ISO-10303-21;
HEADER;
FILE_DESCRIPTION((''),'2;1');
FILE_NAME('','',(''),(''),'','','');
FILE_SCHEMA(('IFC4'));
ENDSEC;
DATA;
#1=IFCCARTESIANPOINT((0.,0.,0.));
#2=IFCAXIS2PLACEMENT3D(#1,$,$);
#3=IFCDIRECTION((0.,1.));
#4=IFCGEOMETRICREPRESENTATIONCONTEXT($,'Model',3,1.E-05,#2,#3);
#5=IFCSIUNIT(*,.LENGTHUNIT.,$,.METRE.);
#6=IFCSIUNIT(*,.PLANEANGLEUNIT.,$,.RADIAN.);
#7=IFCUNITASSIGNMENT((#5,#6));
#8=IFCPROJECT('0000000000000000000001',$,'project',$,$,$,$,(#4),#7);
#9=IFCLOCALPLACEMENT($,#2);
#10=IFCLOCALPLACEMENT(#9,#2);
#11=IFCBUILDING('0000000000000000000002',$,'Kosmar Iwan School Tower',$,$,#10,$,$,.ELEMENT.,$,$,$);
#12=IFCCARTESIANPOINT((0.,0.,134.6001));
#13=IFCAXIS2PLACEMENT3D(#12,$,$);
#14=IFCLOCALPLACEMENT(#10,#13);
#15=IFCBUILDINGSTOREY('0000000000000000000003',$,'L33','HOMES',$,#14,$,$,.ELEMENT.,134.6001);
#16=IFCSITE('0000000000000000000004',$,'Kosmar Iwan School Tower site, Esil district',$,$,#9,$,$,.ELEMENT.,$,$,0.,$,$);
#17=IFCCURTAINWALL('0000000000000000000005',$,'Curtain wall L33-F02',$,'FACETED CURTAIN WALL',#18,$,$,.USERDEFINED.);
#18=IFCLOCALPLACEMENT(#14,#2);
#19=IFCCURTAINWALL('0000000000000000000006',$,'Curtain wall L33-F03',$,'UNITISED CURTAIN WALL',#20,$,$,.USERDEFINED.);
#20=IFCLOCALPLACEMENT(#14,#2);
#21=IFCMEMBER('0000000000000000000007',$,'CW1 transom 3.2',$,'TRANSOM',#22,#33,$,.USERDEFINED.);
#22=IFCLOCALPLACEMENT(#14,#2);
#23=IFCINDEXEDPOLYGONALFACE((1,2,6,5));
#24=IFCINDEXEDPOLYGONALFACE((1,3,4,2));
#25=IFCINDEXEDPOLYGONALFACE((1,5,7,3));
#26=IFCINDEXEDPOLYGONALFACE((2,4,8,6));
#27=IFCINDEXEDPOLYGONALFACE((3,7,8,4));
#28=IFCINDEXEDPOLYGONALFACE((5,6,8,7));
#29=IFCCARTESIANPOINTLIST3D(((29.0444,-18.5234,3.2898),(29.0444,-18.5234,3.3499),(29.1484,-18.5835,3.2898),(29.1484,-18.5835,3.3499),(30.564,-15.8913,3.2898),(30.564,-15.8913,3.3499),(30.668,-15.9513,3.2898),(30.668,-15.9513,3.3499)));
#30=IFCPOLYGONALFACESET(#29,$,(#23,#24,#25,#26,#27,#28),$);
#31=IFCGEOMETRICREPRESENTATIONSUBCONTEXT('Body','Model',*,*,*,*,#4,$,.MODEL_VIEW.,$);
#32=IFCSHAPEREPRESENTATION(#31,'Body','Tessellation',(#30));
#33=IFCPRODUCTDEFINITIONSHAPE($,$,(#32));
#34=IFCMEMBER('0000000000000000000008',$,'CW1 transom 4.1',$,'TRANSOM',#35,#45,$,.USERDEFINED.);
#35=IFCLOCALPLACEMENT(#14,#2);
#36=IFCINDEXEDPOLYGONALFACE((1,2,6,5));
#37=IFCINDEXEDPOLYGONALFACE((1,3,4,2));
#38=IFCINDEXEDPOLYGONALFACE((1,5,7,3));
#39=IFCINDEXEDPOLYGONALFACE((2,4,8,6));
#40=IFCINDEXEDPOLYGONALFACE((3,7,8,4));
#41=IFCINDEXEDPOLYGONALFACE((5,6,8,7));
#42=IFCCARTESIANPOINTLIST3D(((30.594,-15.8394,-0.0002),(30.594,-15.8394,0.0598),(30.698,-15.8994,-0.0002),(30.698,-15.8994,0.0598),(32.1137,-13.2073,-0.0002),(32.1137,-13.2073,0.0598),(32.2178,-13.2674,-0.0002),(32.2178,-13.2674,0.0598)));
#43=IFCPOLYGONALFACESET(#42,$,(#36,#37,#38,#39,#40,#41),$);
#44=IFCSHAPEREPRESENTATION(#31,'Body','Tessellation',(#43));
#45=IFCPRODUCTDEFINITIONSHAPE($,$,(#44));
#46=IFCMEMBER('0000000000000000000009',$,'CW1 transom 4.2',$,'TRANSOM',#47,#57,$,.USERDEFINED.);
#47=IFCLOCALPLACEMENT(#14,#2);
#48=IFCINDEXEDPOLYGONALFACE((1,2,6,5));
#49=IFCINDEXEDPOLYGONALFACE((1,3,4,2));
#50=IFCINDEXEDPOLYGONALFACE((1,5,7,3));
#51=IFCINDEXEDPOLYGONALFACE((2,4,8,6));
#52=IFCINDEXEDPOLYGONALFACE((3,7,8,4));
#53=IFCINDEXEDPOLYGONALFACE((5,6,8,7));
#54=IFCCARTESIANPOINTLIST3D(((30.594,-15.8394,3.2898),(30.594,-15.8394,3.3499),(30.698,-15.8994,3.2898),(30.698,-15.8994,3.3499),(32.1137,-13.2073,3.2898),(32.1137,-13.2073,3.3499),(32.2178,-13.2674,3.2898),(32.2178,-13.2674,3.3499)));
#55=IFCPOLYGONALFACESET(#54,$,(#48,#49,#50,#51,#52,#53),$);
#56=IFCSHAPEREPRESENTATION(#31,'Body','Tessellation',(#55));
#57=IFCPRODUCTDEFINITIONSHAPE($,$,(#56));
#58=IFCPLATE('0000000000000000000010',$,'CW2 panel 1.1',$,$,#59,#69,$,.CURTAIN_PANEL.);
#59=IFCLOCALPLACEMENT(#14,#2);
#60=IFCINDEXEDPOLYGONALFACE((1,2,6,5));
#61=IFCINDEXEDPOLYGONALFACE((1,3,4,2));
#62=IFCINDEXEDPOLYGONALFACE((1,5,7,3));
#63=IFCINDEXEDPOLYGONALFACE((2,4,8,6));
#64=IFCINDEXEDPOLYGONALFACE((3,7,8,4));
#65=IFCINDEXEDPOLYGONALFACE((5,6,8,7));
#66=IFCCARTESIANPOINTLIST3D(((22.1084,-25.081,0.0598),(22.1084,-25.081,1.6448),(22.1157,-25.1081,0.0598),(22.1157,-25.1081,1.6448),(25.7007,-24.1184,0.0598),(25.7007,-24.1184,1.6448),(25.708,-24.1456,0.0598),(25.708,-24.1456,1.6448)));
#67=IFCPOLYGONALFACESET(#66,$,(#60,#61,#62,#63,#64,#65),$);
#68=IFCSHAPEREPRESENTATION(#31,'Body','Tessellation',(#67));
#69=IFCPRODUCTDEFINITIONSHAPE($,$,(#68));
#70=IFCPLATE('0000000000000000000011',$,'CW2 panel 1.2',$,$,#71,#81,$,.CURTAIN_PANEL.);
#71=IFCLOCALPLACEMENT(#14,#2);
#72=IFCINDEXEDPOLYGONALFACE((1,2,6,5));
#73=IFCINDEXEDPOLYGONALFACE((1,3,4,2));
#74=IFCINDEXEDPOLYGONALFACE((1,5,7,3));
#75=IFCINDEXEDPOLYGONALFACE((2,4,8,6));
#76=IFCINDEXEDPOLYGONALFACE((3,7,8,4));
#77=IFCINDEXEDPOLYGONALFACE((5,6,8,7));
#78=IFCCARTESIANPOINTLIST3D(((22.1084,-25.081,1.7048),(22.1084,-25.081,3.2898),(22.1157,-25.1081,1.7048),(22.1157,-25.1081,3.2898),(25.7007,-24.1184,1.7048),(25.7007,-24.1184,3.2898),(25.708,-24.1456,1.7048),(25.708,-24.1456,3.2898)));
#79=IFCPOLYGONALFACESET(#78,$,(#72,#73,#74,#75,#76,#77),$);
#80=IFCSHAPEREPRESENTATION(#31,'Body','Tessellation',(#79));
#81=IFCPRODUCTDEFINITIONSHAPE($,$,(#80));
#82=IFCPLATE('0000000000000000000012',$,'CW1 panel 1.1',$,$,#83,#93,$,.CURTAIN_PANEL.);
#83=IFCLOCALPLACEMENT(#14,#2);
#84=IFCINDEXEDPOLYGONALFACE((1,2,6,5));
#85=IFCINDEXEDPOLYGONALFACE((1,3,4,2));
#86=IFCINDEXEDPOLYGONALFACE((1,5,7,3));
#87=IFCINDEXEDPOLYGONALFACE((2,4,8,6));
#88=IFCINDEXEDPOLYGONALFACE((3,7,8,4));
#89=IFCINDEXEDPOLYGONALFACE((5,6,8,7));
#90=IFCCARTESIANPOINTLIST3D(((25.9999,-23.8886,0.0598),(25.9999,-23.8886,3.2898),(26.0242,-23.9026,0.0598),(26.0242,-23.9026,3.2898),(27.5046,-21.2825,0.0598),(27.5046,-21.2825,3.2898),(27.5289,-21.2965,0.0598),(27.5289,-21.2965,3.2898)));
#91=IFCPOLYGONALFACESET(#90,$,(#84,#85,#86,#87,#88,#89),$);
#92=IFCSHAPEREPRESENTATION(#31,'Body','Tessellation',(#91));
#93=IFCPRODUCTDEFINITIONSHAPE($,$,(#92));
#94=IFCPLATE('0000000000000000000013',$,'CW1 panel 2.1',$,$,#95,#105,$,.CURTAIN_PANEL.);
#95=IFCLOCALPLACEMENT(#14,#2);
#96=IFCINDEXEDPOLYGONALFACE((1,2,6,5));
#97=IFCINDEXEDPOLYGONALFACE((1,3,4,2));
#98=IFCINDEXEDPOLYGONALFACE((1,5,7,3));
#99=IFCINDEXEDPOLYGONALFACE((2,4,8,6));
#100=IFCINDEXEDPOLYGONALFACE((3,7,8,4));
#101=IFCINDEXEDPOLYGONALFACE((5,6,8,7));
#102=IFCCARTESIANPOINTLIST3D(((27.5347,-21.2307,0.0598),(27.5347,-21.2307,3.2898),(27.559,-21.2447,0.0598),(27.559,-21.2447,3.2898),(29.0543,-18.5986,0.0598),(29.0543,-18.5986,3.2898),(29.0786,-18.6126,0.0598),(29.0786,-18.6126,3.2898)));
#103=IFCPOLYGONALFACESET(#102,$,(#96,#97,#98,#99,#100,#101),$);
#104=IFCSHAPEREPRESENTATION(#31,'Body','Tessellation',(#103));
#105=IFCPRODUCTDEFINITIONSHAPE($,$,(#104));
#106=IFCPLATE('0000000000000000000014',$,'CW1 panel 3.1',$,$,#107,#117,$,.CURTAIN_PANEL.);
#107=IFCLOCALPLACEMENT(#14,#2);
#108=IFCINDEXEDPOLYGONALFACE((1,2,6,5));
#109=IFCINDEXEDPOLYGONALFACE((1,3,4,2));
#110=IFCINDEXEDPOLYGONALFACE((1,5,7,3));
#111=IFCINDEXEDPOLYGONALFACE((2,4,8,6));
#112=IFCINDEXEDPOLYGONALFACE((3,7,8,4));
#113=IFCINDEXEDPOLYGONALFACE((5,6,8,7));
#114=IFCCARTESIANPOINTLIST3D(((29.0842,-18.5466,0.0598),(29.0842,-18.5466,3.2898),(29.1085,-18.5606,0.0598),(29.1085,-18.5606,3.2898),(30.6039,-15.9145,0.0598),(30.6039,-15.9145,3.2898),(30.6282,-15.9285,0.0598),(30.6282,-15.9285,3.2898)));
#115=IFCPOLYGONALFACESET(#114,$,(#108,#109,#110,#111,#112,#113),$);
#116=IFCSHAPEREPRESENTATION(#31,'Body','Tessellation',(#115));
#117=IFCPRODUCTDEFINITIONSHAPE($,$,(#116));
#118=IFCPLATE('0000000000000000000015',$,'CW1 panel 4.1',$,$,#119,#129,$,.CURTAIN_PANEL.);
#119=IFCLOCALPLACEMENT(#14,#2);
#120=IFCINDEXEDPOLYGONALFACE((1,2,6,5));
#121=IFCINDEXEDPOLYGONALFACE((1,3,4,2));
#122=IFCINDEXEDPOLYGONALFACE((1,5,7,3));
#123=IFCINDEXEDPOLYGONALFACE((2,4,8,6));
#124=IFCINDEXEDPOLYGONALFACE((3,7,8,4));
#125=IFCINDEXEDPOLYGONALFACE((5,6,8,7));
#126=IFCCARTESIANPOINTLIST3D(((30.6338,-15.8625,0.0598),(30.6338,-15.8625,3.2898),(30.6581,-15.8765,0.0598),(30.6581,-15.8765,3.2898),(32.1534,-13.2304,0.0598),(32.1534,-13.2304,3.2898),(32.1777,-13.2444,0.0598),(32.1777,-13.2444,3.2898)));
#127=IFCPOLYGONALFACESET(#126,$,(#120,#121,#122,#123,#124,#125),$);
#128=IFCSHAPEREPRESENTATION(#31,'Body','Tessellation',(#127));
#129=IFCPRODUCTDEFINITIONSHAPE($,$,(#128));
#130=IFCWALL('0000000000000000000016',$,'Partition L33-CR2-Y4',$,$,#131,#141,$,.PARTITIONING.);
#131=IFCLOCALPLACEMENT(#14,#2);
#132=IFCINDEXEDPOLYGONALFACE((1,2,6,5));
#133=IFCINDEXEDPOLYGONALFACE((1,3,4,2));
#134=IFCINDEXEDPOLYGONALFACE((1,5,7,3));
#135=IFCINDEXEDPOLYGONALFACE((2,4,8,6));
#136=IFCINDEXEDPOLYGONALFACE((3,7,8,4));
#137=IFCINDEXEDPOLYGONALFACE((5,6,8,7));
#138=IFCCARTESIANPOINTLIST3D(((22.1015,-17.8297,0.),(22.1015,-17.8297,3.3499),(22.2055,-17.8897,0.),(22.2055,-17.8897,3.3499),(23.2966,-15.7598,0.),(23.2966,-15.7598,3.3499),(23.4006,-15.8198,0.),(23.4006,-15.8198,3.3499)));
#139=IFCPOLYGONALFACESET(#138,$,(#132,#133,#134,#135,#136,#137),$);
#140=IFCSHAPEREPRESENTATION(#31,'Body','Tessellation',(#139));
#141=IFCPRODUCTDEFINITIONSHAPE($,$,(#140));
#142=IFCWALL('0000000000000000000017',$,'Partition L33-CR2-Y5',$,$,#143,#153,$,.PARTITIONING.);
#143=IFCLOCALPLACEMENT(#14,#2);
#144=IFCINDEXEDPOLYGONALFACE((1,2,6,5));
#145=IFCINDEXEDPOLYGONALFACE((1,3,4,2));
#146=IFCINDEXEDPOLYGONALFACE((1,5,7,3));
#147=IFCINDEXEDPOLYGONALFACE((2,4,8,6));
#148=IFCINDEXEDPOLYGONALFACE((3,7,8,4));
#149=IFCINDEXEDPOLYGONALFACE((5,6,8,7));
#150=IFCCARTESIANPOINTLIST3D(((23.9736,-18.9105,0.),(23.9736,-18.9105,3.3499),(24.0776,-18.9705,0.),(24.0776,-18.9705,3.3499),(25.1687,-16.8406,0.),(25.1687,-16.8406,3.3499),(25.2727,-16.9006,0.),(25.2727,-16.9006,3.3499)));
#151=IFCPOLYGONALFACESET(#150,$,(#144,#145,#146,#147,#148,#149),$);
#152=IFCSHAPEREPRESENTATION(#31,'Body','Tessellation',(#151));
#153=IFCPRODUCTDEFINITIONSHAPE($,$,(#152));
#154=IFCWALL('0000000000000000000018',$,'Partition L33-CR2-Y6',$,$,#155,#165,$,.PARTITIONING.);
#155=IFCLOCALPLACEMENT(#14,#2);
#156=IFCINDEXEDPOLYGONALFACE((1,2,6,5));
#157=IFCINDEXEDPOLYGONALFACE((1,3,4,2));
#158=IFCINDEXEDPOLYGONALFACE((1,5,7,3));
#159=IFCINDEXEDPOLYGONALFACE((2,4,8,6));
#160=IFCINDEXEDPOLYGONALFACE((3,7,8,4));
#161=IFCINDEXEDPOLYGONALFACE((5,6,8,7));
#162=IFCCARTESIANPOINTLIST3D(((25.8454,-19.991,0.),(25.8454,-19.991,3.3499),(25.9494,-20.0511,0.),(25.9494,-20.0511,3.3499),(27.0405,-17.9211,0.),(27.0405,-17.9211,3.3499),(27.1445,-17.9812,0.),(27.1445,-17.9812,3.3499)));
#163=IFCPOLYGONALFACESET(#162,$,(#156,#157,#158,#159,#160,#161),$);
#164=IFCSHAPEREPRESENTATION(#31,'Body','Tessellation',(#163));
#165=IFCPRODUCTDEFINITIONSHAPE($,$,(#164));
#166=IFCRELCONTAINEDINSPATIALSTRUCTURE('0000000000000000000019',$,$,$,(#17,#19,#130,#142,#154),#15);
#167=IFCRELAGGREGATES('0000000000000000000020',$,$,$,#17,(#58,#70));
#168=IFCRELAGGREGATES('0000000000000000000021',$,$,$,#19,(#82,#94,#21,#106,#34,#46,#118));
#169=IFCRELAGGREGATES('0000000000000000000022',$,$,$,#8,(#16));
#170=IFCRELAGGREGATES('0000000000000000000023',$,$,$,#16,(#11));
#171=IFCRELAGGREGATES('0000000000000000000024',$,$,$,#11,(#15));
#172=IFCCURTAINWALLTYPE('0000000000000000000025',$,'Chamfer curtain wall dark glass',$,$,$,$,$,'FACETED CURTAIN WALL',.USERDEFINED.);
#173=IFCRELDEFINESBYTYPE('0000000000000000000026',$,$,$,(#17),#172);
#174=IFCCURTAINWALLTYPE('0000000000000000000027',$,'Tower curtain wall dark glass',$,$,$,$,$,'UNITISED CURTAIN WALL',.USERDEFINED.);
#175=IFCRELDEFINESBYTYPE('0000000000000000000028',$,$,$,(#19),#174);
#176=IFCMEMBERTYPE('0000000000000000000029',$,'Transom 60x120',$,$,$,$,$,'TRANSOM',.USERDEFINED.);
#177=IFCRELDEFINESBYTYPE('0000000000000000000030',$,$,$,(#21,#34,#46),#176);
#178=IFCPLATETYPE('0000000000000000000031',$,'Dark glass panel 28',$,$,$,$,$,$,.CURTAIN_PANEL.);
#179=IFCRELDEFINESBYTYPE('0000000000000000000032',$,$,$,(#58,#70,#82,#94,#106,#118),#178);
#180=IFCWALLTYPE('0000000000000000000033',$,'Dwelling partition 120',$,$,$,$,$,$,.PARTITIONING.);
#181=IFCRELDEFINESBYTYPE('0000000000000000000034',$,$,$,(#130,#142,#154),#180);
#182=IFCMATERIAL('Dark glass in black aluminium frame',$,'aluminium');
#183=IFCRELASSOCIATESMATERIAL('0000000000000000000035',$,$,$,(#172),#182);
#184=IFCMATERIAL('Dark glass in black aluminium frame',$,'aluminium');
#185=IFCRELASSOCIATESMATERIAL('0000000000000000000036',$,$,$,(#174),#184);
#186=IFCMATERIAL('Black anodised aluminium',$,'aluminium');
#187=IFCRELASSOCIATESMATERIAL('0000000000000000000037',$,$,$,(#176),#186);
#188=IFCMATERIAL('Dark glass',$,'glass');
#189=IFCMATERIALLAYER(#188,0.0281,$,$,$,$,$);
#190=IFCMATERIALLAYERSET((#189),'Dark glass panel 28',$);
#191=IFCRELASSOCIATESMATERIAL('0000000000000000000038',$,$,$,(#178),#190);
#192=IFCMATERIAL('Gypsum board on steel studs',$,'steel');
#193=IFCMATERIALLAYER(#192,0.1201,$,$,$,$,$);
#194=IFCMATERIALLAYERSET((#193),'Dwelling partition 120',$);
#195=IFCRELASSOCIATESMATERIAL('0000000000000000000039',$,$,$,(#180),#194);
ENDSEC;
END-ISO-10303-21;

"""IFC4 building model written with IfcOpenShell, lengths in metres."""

from ifc_helpers import new_model, si_unit, direction, frame, frame_2d, origin, origin_2d, place, context, subcontext, project, spatial, rectangle, extrude, material, layer, layer_set, material_profile, profile_set, type_object, element, aggregate, save


model = new_model("IFC4")

# Units and contexts
model_context = context("Model", 3, precision=1e-05, world=origin(), true_north=direction((0.0, 1.0)))
body_context = subcontext(model_context, "Body", "Model", "MODEL_VIEW")
ifc_project = project(units=[si_unit("LENGTHUNIT", "METRE"), si_unit("PLANEANGLEUNIT", "RADIAN")], contexts=[model_context])

# Site, building, storey
site_placement = place(None, origin())
site = spatial("IfcSite", under=ifc_project, at=site_placement, Name="Kosmar Iwan School Tower site, Esil district", CompositionType="ELEMENT", RefElevation=0.0)
building_placement = place(site_placement, origin())
building = spatial("IfcBuilding", under=site, at=building_placement, Name="Kosmar Iwan School Tower", CompositionType="ELEMENT")
storey_placement = place(building_placement, frame((0.0, 0.0, 134.6001)))
storey = spatial("IfcBuildingStorey", under=building, at=storey_placement, Name="L33", Description="HOMES", CompositionType="ELEMENT", Elevation=134.6001)

# Curtain wall
ifc_material_1 = material(Name="Dark glass in black aluminium frame", Category="aluminium")
curtain_wall_type_1 = type_object("IfcCurtainWallType", Name="Chamfer curtain wall dark glass", ElementType="FACETED CURTAIN WALL", PredefinedType="USERDEFINED", material=ifc_material_1)
curtain_wall_1_placement = place(storey_placement, origin())
curtain_wall_1 = element("IfcCurtainWall", 1, at=curtain_wall_1_placement, inside=storey, type_object=curtain_wall_type_1, Name="Curtain wall L33-F02", ObjectType="FACETED CURTAIN WALL", PredefinedType="USERDEFINED")

# Curtain wall
ifc_material_2 = material(Name="Dark glass in black aluminium frame", Category="aluminium")
curtain_wall_type_2 = type_object("IfcCurtainWallType", Name="Tower curtain wall dark glass", ElementType="UNITISED CURTAIN WALL", PredefinedType="USERDEFINED", material=ifc_material_2)
curtain_wall_2_placement = place(storey_placement, origin())
curtain_wall_2 = element("IfcCurtainWall", 2, at=curtain_wall_2_placement, inside=storey, type_object=curtain_wall_type_2, Name="Curtain wall L33-F03", ObjectType="UNITISED CURTAIN WALL", PredefinedType="USERDEFINED")

# Members
ifc_material_3 = material(Name="Black anodised aluminium", Category="aluminium")
ifc_material_profile_1 = material_profile(ifc_material_3, rectangle(XDim=0.1201, YDim=0.0601, at=origin_2d()), Name="TRANSOM 60x120")
ifc_profile_set_1 = profile_set([ifc_material_profile_1], Name="Black anodised aluminium")
member_type_1 = type_object("IfcMemberType", Name="Transom 60x120", ElementType="TRANSOM", PredefinedType="USERDEFINED", material=ifc_profile_set_1)
member_1_placement = place(storey_placement, frame((29.0964, -18.5535, 3.3198), z_axis=(0.499975, 0.86604, 0.0), x_axis=(-0.86604, 0.499975, 0.0)))
member_1 = element("IfcMember", 3, at=member_1_placement, type_object=member_type_1, Name="CW1 transom 3.2", ObjectType="TRANSOM", PredefinedType="USERDEFINED", context=body_context, shape_type="SweptSolid", body=[
    extrude(rectangle(XDim=0.1201, YDim=0.0601, at=origin_2d()), origin(), (0.0, 0.0, 1.0), 3.0393),
])
member_2_placement = place(storey_placement, frame((30.646, -15.8694, 0.0298), z_axis=(0.500035, 0.866005, 0.0), x_axis=(-0.866005, 0.500035, 0.0)))
member_2 = element("IfcMember", 4, at=member_2_placement, type_object=member_type_1, Name="CW1 transom 4.1", ObjectType="TRANSOM", PredefinedType="USERDEFINED", context=body_context, shape_type="SweptSolid", body=[
    extrude(rectangle(XDim=0.1201, YDim=0.0601, at=origin_2d()), origin(), (0.0, 0.0, 1.0), 3.0393),
])
member_3_placement = place(storey_placement, frame((30.646, -15.8694, 3.3198), z_axis=(0.500035, 0.866005, 0.0), x_axis=(-0.866005, 0.500035, 0.0)))
member_3 = element("IfcMember", 5, at=member_3_placement, type_object=member_type_1, Name="CW1 transom 4.2", ObjectType="TRANSOM", PredefinedType="USERDEFINED", context=body_context, shape_type="SweptSolid", body=[
    extrude(rectangle(XDim=0.1201, YDim=0.0601, at=origin_2d()), origin(), (0.0, 0.0, 1.0), 3.0393),
])

# Plates
ifc_material_4 = material(Name="Dark glass", Category="glass")
ifc_layer_1 = layer(ifc_material_4, 0.0281)
ifc_layer_set_1 = layer_set([ifc_layer_1], Name="Dark glass panel 28")
plate_type = type_object("IfcPlateType", Name="Dark glass panel 28", PredefinedType="CURTAIN_PANEL", material=ifc_layer_set_1)
plate_1_placement = place(storey_placement, frame((23.9082, -24.6133, 0.0598), z_axis=(0.0, 0.0, 1.0), x_axis=(0.965926, 0.258819, 0.0)))
plate_1 = element("IfcPlate", 6, at=plate_1_placement, type_object=plate_type, Name="CW2 panel 1.1", PredefinedType="CURTAIN_PANEL", context=body_context, shape_type="SweptSolid", body=[
    extrude(rectangle(XDim=3.719, YDim=0.0281, at=origin_2d()), origin(), (0.0, 0.0, 1.0), 1.585),
])
plate_2_placement = place(storey_placement, frame((23.9082, -24.6133, 1.7048), z_axis=(0.0, 0.0, 1.0), x_axis=(0.965926, 0.258819, 0.0)))
plate_2 = element("IfcPlate", 7, at=plate_2_placement, type_object=plate_type, Name="CW2 panel 1.2", PredefinedType="CURTAIN_PANEL", context=body_context, shape_type="SweptSolid", body=[
    extrude(rectangle(XDim=3.719, YDim=0.0281, at=origin_2d()), origin(), (0.0, 0.0, 1.0), 1.585),
])
aggregate(curtain_wall_1, [plate_1, plate_2])
plate_3_placement = place(storey_placement, frame((26.7644, -22.5925, 0.0598), z_axis=(0.0, 0.0, 1.0), x_axis=(0.5, 0.866025, 0.0)))
plate_3 = element("IfcPlate", 8, at=plate_3_placement, type_object=plate_type, Name="CW1 panel 1.1", PredefinedType="CURTAIN_PANEL", context=body_context, shape_type="SweptSolid", body=[
    extrude(rectangle(XDim=3.0093, YDim=0.0281, at=origin_2d()), origin(), (0.0, 0.0, 1.0), 3.23),
])
plate_4_placement = place(storey_placement, frame((28.3066, -19.9216, 0.0598), z_axis=(0.0, 0.0, 1.0), x_axis=(0.5, 0.866025, 0.0)))
plate_4 = element("IfcPlate", 9, at=plate_4_placement, type_object=plate_type, Name="CW1 panel 2.1", PredefinedType="CURTAIN_PANEL", context=body_context, shape_type="SweptSolid", body=[
    extrude(rectangle(XDim=3.0393, YDim=0.0281, at=origin_2d()), origin(), (0.0, 0.0, 1.0), 3.23),
])
plate_5_placement = place(storey_placement, frame((29.8562, -17.2375, 0.0598), z_axis=(0.0, 0.0, 1.0), x_axis=(0.5, 0.866025, 0.0)))
plate_5 = element("IfcPlate", 10, at=plate_5_placement, type_object=plate_type, Name="CW1 panel 3.1", PredefinedType="CURTAIN_PANEL", context=body_context, shape_type="SweptSolid", body=[
    extrude(rectangle(XDim=3.0393, YDim=0.0281, at=origin_2d()), origin(), (0.0, 0.0, 1.0), 3.23),
])
plate_6_placement = place(storey_placement, frame((31.4058, -14.5535, 0.0598), z_axis=(0.0, 0.0, 1.0), x_axis=(0.5, 0.866025, 0.0)))
plate_6 = element("IfcPlate", 11, at=plate_6_placement, type_object=plate_type, Name="CW1 panel 4.1", PredefinedType="CURTAIN_PANEL", context=body_context, shape_type="SweptSolid", body=[
    extrude(rectangle(XDim=3.0393, YDim=0.0281, at=origin_2d()), origin(), (0.0, 0.0, 1.0), 3.23),
])
aggregate(curtain_wall_2, [plate_3, plate_4, member_1, plate_5, member_2, member_3, plate_6])

# Walls
ifc_material_5 = material(Name="Gypsum board on steel studs", Category="steel")
ifc_layer_2 = layer(ifc_material_5, 0.1201)
ifc_layer_set_2 = layer_set([ifc_layer_2], Name="Dwelling partition 120")
wall_type = type_object("IfcWallType", Name="Dwelling partition 120", PredefinedType="PARTITIONING", material=ifc_layer_set_2)
for number, where, z_axis, x_axis, name in (
    (12, (23.3486, -15.7898, 0.0), (0.0, 0.0, 1.0), (-0.500017, -0.866015, 0.0), "Partition L33-CR2-Y4"),
    (13, (25.2207, -16.8706, 0.0), (0.0, 0.0, 1.0), (-0.500017, -0.866015, 0.0), "Partition L33-CR2-Y5"),
    (14, (27.0925, -17.9512, 0.0), (0.0, 0.0, 1.0), (-0.500017, -0.866015, 0.0), "Partition L33-CR2-Y6"),
):
    element("IfcWall", number, at=place(storey_placement, frame(where, z_axis=z_axis, x_axis=x_axis)), inside=storey, type_object=wall_type, Name=name, PredefinedType="PARTITIONING", context=body_context, shape_type="SweptSolid", body=[
        extrude(rectangle(XDim=2.3901, YDim=0.1201, at=frame_2d((1.1951, 0.0))), origin(), (0.0, 0.0, 1.0), 3.3499),
    ])

save(model, "model.ifc")
